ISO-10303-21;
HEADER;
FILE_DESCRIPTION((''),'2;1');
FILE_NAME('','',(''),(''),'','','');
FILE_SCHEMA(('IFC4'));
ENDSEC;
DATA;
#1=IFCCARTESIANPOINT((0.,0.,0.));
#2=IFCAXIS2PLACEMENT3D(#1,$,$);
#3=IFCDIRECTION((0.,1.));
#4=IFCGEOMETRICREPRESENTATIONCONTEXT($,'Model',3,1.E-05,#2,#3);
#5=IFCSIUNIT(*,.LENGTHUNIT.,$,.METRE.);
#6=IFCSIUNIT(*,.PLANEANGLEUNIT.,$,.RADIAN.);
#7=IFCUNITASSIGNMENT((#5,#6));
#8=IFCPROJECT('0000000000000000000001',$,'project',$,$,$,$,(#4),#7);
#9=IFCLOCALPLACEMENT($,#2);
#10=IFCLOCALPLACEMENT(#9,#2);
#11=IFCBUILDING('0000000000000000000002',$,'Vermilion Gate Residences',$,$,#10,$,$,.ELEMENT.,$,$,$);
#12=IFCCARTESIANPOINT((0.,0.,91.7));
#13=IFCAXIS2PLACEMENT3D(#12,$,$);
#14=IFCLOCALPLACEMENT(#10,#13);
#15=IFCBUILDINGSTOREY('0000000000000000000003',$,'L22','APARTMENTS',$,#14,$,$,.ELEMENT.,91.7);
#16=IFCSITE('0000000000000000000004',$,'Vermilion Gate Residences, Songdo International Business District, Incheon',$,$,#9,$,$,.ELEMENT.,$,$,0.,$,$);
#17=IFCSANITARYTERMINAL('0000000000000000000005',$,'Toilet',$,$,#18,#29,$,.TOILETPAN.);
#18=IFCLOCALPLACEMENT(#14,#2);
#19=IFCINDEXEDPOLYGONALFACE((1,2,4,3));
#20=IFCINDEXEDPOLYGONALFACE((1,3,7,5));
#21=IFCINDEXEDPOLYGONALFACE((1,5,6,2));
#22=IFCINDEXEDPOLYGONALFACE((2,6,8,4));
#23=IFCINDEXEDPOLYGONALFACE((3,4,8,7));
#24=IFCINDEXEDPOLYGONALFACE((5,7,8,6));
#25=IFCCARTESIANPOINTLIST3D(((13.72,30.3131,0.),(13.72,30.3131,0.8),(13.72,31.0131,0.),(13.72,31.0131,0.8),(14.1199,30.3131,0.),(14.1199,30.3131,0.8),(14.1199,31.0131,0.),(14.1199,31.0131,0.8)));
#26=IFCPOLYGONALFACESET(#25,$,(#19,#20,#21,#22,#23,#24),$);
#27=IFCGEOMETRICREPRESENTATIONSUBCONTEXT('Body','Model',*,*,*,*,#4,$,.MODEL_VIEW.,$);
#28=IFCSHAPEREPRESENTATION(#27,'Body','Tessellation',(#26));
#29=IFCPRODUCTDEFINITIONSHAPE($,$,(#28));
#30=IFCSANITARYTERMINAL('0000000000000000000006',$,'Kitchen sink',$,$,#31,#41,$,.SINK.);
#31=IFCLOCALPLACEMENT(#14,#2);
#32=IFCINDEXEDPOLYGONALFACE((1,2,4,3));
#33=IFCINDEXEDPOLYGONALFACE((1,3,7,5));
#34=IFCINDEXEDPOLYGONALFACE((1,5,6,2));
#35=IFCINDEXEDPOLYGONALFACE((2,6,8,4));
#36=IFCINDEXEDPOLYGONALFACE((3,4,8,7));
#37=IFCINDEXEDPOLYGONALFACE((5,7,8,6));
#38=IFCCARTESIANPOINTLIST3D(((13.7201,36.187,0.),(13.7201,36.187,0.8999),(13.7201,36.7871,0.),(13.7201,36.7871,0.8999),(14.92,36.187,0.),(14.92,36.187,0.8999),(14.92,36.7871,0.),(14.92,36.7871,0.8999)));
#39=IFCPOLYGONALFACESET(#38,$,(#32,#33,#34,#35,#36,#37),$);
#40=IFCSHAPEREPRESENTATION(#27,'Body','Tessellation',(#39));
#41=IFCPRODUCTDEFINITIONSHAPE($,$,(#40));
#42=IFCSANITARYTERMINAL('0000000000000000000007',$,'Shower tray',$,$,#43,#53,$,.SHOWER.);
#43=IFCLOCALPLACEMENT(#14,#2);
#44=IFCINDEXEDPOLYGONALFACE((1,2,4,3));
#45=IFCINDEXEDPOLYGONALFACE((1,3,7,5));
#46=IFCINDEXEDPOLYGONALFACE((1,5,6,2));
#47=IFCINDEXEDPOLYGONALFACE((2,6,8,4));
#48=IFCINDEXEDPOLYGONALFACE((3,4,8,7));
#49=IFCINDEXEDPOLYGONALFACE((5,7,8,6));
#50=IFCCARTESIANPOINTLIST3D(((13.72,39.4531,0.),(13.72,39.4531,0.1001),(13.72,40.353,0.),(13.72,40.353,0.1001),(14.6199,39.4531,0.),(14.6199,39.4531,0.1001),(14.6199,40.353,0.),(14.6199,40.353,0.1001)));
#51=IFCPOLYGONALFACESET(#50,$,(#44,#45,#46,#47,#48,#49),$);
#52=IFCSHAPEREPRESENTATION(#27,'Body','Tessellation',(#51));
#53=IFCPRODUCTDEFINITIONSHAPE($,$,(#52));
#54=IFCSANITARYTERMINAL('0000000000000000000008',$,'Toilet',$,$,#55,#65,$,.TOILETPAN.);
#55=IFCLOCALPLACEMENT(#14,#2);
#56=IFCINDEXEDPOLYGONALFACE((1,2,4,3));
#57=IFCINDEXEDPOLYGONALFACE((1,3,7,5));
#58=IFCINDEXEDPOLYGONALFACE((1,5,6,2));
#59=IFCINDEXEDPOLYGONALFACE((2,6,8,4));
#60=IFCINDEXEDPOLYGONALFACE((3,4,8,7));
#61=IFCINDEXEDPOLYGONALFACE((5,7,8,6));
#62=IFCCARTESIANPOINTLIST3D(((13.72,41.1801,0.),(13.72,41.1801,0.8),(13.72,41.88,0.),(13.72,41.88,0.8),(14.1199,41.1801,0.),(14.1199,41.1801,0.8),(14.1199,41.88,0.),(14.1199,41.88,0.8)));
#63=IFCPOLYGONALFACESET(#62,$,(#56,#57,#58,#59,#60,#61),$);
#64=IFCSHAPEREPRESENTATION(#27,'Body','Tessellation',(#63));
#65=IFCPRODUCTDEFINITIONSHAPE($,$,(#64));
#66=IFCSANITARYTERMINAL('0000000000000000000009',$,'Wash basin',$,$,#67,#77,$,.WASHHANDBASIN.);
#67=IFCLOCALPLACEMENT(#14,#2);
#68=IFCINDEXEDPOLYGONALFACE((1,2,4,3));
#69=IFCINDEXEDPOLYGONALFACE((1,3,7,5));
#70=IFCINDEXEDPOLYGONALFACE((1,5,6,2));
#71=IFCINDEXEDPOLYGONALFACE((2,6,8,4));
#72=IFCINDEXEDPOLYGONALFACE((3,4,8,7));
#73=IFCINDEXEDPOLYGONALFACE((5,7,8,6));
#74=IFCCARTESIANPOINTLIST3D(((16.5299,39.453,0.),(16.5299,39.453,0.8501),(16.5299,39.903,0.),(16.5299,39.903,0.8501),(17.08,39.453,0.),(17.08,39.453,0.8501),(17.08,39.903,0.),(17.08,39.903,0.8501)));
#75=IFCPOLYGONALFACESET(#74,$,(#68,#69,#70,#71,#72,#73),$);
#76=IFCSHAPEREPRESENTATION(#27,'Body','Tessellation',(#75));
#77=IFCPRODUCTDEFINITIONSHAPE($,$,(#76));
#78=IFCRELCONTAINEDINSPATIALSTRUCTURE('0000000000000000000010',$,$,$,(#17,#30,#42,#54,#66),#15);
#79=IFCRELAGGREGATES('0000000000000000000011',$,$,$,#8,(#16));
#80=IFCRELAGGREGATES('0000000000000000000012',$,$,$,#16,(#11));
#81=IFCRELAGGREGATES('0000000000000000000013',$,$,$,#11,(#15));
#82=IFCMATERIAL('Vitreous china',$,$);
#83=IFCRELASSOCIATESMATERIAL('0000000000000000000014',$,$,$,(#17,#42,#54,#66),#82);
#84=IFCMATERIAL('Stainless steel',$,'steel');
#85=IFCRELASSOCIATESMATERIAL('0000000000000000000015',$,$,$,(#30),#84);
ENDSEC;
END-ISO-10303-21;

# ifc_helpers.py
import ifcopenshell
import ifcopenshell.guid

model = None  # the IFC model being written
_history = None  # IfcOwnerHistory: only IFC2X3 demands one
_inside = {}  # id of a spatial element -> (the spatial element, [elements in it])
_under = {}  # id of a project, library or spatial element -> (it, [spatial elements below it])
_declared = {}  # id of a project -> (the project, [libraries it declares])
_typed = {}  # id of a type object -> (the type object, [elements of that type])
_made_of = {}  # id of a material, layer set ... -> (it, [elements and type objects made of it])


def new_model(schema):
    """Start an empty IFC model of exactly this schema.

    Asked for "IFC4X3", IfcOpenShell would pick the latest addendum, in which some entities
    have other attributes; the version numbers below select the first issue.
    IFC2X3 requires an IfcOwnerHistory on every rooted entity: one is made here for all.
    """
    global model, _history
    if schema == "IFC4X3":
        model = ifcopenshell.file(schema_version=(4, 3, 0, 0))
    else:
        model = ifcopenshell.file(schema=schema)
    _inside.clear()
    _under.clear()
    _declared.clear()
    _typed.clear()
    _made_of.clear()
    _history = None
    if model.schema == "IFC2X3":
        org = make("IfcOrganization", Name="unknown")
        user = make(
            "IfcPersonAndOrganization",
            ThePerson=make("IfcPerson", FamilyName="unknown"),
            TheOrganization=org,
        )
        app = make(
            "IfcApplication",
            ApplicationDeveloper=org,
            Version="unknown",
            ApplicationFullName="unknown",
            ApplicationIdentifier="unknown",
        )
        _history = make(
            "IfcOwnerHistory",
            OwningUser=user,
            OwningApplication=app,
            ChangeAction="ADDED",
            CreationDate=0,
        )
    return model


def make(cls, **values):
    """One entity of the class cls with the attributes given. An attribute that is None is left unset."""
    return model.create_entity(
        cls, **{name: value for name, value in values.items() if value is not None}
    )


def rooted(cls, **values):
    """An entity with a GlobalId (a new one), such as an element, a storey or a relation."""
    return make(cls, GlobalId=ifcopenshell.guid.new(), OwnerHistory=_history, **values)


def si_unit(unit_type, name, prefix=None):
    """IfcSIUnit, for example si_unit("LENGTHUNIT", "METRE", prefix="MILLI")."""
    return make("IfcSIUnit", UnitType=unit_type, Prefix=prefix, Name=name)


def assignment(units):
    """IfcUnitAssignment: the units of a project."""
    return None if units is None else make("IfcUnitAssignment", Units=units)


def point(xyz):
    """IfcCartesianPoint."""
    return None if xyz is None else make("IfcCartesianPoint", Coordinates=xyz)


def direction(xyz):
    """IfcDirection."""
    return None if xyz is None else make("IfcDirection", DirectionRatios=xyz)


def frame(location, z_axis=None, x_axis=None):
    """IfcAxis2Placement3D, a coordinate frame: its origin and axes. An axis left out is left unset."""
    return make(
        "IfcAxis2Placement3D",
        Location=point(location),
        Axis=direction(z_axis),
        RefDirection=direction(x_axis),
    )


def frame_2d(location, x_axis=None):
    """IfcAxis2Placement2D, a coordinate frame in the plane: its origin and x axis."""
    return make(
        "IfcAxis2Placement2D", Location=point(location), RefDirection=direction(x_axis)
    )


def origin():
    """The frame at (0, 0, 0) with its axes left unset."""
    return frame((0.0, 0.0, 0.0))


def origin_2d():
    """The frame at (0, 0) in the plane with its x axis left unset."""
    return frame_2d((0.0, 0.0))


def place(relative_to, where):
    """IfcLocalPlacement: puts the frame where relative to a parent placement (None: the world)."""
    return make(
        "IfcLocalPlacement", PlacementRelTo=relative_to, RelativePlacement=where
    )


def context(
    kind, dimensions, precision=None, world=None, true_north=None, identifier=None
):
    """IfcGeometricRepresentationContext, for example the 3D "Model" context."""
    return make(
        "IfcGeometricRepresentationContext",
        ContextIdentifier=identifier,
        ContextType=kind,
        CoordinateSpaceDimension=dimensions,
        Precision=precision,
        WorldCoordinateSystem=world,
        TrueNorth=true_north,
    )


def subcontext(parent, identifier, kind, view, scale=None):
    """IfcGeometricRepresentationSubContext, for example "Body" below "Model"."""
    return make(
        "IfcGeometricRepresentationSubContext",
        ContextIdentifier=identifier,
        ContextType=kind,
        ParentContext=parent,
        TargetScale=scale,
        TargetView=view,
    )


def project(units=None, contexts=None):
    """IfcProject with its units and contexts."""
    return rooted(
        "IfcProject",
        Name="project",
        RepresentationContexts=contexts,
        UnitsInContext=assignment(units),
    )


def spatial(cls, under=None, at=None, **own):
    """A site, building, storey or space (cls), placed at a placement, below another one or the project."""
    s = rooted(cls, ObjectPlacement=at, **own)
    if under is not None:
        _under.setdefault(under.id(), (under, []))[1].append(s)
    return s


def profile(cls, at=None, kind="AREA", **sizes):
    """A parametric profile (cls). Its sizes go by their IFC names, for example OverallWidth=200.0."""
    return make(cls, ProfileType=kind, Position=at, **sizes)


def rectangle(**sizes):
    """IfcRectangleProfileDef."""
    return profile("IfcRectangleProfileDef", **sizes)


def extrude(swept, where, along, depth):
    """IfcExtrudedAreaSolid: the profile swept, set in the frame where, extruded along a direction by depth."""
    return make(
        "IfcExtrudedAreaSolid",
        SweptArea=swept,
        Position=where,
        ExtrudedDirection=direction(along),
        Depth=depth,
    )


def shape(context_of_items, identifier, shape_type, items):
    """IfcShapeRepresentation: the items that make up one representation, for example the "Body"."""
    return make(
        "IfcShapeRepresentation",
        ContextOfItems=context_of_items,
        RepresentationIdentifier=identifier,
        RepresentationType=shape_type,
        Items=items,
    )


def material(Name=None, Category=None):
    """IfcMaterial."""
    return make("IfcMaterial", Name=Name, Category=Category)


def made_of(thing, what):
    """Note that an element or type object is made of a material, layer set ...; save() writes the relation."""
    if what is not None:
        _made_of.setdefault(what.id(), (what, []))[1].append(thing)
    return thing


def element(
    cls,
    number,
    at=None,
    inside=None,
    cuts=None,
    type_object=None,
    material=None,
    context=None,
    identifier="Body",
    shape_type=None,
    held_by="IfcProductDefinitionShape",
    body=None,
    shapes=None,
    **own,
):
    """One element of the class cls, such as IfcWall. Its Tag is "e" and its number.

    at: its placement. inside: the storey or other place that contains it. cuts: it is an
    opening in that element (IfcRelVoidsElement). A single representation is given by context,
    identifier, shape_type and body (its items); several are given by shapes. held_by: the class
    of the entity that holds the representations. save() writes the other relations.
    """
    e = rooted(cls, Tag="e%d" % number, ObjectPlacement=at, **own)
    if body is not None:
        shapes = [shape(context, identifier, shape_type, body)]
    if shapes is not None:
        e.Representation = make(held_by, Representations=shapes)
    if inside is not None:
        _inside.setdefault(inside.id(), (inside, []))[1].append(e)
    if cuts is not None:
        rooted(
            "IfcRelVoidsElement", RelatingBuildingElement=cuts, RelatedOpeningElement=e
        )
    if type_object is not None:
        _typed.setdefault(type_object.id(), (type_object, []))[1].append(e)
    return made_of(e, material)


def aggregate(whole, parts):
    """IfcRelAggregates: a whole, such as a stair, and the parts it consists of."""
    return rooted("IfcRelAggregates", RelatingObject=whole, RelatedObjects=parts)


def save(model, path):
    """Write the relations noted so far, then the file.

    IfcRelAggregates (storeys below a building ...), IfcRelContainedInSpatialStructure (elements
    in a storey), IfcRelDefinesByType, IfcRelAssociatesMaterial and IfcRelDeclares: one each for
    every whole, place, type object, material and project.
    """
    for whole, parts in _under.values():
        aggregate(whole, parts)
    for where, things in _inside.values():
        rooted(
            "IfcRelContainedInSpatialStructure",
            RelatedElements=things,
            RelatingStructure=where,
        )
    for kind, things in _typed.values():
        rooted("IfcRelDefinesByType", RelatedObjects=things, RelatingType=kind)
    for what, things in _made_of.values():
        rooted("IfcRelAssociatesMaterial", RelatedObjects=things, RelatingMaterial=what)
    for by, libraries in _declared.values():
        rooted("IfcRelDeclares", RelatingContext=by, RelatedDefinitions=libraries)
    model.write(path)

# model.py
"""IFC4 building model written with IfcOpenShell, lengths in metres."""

from ifc_helpers import new_model, si_unit, direction, frame, origin, origin_2d, place, context, subcontext, project, spatial, rectangle, extrude, material, element, save


model = new_model("IFC4")

# Units and contexts
model_context = context("Model", 3, precision=1e-05, world=origin(), true_north=direction((0.0, 1.0)))
body_context = subcontext(model_context, "Body", "Model", "MODEL_VIEW")
ifc_project = project(units=[si_unit("LENGTHUNIT", "METRE"), si_unit("PLANEANGLEUNIT", "RADIAN")], contexts=[model_context])

# Site, building, storey
site_placement = place(None, origin())
site = spatial("IfcSite", under=ifc_project, at=site_placement, Name="Vermilion Gate Residences, Songdo International Business District, Incheon", CompositionType="ELEMENT", RefElevation=0.0)
building_placement = place(site_placement, origin())
building = spatial("IfcBuilding", under=site, at=building_placement, Name="Vermilion Gate Residences", CompositionType="ELEMENT")
storey_placement = place(building_placement, frame((0.0, 0.0, 91.7)))
storey = spatial("IfcBuildingStorey", under=building, at=storey_placement, Name="L22", Description="APARTMENTS", CompositionType="ELEMENT", Elevation=91.7)

# Sanitary terminals
ifc_material_1 = material(Name="Vitreous china")
for number, where, z_axis, x_axis, name in (
    (1, (13.9199, 30.6631, 0.0), (0.0, 0.0, 1.0), (1.0, 0.0, 0.0), "Toilet"),
):
    element("IfcSanitaryTerminal", number, at=place(storey_placement, frame(where, z_axis=z_axis, x_axis=x_axis)), inside=storey, material=ifc_material_1, Name=name, PredefinedType="TOILETPAN", context=body_context, shape_type="SweptSolid", body=[
        extrude(rectangle(XDim=0.3999, YDim=0.7, at=origin_2d()), origin(), (0.0, 0.0, 1.0), 0.8),
    ])
ifc_material_2 = material(Name="Stainless steel", Category="steel")
sanitary_terminal_1_placement = place(storey_placement, frame((14.3201, 36.4871, 0.0), z_axis=(0.0, 0.0, 1.0), x_axis=(1.0, 0.0, 0.0)))
element("IfcSanitaryTerminal", 2, at=sanitary_terminal_1_placement, inside=storey, material=ifc_material_2, Name="Kitchen sink", PredefinedType="SINK", context=body_context, shape_type="SweptSolid", body=[
    extrude(rectangle(XDim=1.2, YDim=0.6001, at=origin_2d()), origin(), (0.0, 0.0, 1.0), 0.8999),
])
sanitary_terminal_2_placement = place(storey_placement, frame((14.1699, 39.9031, 0.0), z_axis=(0.0, 0.0, 1.0), x_axis=(1.0, 0.0, 0.0)))
element("IfcSanitaryTerminal", 3, at=sanitary_terminal_2_placement, inside=storey, material=ifc_material_1, Name="Shower tray", PredefinedType="SHOWER", context=body_context, shape_type="SweptSolid", body=[
    extrude(rectangle(XDim=0.8999, YDim=0.8999, at=origin_2d()), origin(), (0.0, 0.0, 1.0), 0.1001),
])
sanitary_terminal_3_placement = place(storey_placement, frame((13.9199, 41.53, 0.0), z_axis=(0.0, 0.0, 1.0), x_axis=(1.0, 0.0, 0.0)))
element("IfcSanitaryTerminal", 4, at=sanitary_terminal_3_placement, inside=storey, material=ifc_material_1, Name="Toilet", PredefinedType="TOILETPAN", context=body_context, shape_type="SweptSolid", body=[
    extrude(rectangle(XDim=0.3999, YDim=0.7, at=origin_2d()), origin(), (0.0, 0.0, 1.0), 0.8),
])
sanitary_terminal_4_placement = place(storey_placement, frame((16.8049, 39.678, 0.0), z_axis=(0.0, 0.0, 1.0), x_axis=(1.0, 0.0, 0.0)))
element("IfcSanitaryTerminal", 5, at=sanitary_terminal_4_placement, inside=storey, material=ifc_material_1, Name="Wash basin", PredefinedType="WASHHANDBASIN", context=body_context, shape_type="SweptSolid", body=[
    extrude(rectangle(XDim=0.55, YDim=0.45, at=origin_2d()), origin(), (0.0, 0.0, 1.0), 0.8501),
])

save(model, "model.ifc")
